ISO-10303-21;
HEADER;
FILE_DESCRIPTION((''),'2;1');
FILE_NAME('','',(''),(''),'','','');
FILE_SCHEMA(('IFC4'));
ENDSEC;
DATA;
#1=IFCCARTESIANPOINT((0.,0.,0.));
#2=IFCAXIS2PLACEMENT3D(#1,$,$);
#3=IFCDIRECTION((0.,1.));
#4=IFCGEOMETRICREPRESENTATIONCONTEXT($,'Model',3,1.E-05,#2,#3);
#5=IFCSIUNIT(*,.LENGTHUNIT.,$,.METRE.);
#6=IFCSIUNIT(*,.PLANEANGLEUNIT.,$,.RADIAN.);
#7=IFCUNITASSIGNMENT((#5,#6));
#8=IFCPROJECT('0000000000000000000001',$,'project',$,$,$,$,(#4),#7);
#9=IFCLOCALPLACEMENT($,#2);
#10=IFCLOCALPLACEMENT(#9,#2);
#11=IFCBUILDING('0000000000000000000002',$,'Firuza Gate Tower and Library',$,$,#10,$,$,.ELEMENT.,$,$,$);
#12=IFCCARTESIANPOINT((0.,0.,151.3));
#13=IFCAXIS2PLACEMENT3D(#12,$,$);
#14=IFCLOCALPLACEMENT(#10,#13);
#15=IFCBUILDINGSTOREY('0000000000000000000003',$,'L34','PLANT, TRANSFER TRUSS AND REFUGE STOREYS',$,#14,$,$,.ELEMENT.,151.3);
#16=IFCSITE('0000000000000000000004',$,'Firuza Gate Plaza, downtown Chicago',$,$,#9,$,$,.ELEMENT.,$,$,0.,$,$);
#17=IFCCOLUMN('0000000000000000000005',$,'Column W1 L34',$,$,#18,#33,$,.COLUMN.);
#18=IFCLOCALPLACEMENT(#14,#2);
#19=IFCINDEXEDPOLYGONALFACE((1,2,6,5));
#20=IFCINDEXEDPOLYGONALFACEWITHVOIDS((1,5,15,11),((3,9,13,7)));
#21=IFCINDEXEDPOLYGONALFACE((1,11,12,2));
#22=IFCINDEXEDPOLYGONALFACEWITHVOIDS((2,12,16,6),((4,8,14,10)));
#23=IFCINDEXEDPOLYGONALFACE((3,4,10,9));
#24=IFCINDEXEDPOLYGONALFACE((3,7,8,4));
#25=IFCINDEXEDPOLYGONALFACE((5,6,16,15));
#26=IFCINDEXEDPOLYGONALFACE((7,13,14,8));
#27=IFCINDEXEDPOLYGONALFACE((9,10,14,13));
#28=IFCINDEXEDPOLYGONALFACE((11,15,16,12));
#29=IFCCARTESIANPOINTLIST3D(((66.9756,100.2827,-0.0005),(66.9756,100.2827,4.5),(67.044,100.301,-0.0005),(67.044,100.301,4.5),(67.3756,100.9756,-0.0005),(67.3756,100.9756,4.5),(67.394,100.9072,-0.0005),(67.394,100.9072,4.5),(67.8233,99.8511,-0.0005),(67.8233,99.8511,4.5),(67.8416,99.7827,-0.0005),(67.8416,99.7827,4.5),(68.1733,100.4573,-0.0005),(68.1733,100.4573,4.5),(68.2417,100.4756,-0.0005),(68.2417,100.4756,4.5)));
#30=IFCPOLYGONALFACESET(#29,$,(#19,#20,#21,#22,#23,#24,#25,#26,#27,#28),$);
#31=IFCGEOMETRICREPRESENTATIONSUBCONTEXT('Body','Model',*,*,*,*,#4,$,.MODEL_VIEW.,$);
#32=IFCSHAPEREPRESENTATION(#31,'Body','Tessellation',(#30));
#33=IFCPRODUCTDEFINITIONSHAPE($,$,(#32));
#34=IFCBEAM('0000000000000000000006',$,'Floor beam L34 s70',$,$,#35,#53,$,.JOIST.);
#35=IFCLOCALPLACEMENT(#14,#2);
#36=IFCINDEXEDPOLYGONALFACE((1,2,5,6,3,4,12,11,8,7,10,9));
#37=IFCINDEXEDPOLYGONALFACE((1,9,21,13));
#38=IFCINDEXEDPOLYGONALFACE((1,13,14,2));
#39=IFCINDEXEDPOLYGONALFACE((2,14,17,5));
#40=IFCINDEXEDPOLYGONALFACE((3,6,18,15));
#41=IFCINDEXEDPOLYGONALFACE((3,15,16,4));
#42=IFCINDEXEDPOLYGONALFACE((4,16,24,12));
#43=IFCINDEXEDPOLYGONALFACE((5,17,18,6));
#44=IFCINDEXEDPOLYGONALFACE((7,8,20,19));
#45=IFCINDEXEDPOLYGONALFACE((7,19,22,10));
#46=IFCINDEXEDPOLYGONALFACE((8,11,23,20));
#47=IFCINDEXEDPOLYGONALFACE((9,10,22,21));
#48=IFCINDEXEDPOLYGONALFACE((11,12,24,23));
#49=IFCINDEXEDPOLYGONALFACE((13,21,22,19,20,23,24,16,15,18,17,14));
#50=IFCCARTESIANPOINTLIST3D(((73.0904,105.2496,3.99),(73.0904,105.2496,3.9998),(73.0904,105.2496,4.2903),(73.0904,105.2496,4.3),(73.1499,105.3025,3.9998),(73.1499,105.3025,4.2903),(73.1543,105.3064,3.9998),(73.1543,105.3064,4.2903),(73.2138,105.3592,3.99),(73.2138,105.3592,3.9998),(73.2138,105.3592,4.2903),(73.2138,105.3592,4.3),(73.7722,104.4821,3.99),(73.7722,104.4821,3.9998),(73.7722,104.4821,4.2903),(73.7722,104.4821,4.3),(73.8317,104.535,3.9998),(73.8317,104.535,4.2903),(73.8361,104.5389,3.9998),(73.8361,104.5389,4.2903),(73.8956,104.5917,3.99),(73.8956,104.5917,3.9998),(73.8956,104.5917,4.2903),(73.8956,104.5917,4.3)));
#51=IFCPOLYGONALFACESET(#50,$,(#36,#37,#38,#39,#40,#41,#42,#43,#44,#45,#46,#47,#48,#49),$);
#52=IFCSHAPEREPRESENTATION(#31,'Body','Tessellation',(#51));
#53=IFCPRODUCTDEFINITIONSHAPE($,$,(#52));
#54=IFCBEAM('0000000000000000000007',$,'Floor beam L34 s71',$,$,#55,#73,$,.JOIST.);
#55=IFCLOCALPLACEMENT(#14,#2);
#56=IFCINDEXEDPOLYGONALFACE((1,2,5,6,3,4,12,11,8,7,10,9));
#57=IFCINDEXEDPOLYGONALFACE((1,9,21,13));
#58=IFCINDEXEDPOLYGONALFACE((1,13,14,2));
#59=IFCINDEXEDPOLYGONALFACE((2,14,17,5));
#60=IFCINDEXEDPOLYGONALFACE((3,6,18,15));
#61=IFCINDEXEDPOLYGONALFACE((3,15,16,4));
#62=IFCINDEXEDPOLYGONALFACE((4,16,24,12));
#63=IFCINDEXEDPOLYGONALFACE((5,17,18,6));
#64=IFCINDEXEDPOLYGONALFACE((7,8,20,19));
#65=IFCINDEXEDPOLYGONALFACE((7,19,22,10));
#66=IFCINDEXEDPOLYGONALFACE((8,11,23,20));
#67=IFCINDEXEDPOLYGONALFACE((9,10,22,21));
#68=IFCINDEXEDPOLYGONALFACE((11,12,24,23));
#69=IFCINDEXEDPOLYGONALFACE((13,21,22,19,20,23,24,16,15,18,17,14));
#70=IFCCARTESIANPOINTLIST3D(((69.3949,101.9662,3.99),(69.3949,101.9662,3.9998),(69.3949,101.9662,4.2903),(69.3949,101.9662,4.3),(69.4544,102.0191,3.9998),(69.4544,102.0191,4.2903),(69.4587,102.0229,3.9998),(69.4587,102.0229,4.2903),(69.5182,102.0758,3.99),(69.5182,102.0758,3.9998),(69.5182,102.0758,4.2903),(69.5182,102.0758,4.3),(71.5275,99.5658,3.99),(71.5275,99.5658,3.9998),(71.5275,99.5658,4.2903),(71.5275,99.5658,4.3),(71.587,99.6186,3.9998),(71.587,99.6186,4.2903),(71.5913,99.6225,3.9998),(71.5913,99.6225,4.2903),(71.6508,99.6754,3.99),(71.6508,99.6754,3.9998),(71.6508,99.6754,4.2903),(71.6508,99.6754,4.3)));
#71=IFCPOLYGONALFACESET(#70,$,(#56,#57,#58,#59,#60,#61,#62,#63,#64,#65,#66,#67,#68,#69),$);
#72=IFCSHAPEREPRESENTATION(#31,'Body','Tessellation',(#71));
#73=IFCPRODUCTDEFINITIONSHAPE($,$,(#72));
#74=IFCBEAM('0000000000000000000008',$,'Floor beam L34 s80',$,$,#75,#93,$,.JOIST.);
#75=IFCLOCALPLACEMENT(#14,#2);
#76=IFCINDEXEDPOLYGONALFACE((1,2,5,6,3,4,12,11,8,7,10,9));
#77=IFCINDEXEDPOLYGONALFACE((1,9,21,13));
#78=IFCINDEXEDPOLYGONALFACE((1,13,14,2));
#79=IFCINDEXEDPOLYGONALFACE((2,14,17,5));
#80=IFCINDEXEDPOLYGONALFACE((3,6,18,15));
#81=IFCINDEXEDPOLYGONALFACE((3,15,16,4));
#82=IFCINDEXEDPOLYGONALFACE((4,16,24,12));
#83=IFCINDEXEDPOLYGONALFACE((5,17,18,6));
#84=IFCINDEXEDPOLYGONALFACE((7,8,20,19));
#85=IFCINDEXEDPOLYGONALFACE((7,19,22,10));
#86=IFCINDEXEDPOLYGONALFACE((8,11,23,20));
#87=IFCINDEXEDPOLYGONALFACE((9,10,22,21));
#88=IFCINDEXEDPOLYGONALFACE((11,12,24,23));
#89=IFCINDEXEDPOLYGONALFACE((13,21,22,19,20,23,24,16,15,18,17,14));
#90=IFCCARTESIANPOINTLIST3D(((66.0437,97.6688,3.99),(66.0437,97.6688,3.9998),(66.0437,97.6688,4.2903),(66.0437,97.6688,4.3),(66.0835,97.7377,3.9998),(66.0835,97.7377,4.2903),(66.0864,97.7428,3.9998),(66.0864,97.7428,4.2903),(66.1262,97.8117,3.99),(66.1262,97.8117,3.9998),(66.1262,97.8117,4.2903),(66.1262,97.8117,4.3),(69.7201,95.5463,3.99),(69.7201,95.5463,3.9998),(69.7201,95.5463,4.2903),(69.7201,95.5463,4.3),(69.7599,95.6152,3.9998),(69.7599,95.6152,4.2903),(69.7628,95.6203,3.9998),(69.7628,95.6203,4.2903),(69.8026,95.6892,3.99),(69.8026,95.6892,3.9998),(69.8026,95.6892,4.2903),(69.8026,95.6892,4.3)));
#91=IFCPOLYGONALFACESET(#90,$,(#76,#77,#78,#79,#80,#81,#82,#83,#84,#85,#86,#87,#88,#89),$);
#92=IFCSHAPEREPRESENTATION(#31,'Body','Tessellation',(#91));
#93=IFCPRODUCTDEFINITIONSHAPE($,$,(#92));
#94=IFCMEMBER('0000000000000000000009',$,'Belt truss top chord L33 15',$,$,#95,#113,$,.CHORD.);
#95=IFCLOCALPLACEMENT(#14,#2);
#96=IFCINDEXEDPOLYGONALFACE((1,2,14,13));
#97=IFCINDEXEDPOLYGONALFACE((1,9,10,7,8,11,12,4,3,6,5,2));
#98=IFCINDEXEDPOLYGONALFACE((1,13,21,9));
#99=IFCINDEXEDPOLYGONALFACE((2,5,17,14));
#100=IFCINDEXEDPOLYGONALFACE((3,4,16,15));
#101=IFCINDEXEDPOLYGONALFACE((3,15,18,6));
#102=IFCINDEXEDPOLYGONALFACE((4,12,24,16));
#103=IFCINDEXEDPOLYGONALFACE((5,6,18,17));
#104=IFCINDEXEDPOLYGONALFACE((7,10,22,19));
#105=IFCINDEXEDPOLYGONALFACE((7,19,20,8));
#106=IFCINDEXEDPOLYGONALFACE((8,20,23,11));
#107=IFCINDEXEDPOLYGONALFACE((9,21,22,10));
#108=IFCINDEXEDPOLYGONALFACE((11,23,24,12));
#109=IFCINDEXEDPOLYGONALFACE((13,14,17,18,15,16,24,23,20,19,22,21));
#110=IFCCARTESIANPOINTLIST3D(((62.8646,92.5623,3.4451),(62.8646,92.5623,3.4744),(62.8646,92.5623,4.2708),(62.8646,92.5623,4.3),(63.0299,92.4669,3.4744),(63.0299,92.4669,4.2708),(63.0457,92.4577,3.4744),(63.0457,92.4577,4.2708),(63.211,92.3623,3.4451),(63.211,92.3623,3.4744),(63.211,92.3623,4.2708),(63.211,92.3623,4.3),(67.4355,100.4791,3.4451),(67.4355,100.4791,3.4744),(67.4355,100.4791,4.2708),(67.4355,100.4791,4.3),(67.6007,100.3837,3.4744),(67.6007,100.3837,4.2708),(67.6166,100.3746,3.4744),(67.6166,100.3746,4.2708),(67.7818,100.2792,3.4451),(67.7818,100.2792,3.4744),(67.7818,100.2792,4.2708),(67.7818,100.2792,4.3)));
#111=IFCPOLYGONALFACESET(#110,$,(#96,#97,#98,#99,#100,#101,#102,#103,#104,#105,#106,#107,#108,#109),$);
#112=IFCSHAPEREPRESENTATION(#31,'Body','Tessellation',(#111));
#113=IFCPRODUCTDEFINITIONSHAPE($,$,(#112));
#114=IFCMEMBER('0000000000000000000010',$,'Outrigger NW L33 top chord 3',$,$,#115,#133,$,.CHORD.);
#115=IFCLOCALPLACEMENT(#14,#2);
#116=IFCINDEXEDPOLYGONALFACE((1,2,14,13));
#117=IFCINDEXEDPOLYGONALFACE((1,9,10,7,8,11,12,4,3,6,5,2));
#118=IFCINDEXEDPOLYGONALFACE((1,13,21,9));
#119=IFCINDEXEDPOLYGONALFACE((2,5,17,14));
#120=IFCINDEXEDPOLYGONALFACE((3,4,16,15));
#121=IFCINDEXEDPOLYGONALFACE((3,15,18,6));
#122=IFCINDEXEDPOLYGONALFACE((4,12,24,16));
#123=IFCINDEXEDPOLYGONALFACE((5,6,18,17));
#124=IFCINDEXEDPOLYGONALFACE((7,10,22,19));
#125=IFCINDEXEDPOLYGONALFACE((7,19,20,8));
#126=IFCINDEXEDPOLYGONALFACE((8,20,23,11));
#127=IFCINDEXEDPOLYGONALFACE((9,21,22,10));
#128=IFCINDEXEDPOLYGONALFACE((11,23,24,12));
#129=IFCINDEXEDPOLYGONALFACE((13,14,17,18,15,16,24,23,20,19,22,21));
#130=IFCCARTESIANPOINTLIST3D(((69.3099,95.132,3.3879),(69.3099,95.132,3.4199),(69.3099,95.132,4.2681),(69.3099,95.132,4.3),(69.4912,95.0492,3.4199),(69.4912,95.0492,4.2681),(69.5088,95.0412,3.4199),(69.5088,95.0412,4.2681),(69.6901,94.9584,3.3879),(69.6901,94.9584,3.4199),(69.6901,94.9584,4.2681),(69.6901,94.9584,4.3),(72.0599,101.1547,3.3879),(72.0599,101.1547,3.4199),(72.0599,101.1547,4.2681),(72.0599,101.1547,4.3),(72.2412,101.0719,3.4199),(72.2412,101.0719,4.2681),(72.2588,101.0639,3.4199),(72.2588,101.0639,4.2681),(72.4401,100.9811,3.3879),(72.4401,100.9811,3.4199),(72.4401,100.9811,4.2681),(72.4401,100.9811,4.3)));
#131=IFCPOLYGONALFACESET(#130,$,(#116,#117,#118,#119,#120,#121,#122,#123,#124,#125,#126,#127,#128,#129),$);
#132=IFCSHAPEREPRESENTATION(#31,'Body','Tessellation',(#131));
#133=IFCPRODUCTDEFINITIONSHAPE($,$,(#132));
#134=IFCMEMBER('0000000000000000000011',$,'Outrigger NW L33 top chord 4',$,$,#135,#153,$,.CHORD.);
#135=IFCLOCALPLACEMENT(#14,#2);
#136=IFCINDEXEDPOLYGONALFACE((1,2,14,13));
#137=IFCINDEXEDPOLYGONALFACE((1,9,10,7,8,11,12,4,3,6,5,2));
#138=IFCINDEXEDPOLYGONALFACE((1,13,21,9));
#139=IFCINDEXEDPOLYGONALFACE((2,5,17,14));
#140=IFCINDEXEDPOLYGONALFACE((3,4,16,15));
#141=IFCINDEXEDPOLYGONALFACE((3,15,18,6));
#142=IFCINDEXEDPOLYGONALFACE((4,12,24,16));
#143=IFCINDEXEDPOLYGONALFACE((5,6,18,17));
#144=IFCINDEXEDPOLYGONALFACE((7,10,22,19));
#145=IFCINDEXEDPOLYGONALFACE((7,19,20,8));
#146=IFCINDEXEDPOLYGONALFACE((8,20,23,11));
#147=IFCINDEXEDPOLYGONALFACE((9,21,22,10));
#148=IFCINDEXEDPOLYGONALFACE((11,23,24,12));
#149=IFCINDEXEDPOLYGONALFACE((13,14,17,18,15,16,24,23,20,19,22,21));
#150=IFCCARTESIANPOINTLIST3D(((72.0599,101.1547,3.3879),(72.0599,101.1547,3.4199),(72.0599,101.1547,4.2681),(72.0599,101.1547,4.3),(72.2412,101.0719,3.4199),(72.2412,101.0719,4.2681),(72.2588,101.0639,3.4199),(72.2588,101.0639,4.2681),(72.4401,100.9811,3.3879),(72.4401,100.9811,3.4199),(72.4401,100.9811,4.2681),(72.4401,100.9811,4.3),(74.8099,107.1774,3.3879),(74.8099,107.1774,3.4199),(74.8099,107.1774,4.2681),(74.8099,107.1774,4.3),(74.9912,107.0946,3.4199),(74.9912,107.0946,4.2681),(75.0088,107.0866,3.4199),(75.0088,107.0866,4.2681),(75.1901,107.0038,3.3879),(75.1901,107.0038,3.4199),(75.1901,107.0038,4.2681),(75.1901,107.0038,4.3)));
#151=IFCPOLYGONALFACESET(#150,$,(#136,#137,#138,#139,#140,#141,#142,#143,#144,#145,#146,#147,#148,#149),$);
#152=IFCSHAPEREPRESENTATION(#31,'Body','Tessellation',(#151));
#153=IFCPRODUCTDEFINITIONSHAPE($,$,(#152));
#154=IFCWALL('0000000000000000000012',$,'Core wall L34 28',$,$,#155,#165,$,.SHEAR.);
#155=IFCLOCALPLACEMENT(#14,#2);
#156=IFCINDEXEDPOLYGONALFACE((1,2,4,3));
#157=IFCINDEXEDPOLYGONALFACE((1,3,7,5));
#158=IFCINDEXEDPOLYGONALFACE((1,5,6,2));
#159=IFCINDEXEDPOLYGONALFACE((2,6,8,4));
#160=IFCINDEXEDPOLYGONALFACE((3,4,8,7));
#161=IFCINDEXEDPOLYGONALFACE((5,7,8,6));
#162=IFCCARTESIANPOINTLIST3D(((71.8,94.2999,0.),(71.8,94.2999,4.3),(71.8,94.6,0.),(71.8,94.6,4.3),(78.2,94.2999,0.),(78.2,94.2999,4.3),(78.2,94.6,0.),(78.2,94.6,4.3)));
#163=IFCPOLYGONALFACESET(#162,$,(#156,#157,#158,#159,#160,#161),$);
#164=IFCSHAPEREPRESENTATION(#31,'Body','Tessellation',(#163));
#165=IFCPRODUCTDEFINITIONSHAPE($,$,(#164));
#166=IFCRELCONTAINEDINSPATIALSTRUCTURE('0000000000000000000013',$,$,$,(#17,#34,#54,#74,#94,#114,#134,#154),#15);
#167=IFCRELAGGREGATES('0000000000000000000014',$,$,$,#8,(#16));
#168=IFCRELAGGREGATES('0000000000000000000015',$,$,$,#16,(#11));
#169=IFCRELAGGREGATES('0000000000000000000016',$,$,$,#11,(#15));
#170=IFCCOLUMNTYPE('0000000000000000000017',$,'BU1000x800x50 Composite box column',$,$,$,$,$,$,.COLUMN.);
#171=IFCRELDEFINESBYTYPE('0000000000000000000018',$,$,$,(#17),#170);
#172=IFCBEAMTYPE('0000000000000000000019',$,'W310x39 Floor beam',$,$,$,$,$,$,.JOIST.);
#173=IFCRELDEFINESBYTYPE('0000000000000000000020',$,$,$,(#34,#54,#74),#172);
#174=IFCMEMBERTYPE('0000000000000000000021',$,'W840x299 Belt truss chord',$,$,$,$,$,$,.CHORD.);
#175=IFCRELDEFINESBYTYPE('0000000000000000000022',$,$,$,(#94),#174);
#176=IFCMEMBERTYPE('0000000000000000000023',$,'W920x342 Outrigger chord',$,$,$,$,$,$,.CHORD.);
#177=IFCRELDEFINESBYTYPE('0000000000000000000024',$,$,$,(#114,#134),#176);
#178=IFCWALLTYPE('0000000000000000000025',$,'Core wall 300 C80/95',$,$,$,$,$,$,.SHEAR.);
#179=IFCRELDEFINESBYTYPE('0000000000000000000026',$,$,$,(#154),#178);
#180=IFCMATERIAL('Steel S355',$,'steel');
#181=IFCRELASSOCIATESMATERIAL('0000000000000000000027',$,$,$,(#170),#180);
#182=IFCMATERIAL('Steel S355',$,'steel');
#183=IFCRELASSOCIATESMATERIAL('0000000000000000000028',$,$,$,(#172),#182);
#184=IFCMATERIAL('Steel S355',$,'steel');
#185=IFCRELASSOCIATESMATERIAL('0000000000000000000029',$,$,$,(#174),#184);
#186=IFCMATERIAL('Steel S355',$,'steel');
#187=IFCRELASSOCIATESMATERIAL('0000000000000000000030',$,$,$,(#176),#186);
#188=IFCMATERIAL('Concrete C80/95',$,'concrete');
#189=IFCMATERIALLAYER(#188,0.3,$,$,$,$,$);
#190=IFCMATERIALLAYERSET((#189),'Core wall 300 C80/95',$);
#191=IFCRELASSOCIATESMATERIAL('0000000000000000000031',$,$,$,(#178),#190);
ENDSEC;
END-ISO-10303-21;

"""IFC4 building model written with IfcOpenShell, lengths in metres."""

from ifc_helpers import new_model, si_unit, direction, frame, frame_2d, origin, origin_2d, place, context, subcontext, project, spatial, rectangle, hollow_rectangle, i_section, extrude, material, layer, layer_set, material_profile, profile_set, type_object, element, save


model = new_model("IFC4")

# Units and contexts
model_context = context("Model", 3, precision=1e-05, world=origin(), true_north=direction((0.0, 1.0)))
body_context = subcontext(model_context, "Body", "Model", "MODEL_VIEW")
ifc_project = project(units=[si_unit("LENGTHUNIT", "METRE"), si_unit("PLANEANGLEUNIT", "RADIAN")], contexts=[model_context])

# Site, building, storey
site_placement = place(None, origin())
site = spatial("IfcSite", under=ifc_project, at=site_placement, Name="Firuza Gate Plaza, downtown Chicago", CompositionType="ELEMENT", RefElevation=0.0)
building_placement = place(site_placement, origin())
building = spatial("IfcBuilding", under=site, at=building_placement, Name="Firuza Gate Tower and Library", CompositionType="ELEMENT")
storey_placement = place(building_placement, frame((0.0, 0.0, 151.3)))
storey = spatial("IfcBuildingStorey", under=building, at=storey_placement, Name="L34", Description="PLANT, TRANSFER TRUSS AND REFUGE STOREYS", CompositionType="ELEMENT", Elevation=151.3)

# Column
ifc_material_1 = material(Name="Steel S355", Category="steel")
ifc_material_profile_1 = material_profile(ifc_material_1, hollow_rectangle(XDim=0.8, YDim=1.0, WallThickness=0.05, at=origin_2d()))
ifc_profile_set_1 = profile_set([ifc_material_profile_1], Name="Steel S355")
column_type = type_object("IfcColumnType", Name="BU1000x800x50 Composite box column", PredefinedType="COLUMN", material=ifc_profile_set_1)
column_placement = place(storey_placement, frame((67.6086, 100.3792, -0.0005), z_axis=(0.0, 0.0, 1.0), x_axis=(-0.5, -0.866025, 0.0)))
element("IfcColumn", 1, at=column_placement, inside=storey, type_object=column_type, Name="Column W1 L34", PredefinedType="COLUMN", context=body_context, shape_type="SweptSolid", body=[
    extrude(hollow_rectangle(XDim=0.8, YDim=1.0, WallThickness=0.05, at=origin_2d()), origin(), (0.0, 0.0, 1.0), 4.5005),
])

# Beams
ifc_material_2 = material(Name="Steel S355", Category="steel")
ifc_material_profile_2 = material_profile(ifc_material_2, i_section(OverallWidth=0.165, OverallDepth=0.3101, WebThickness=0.0059, FlangeThickness=0.0098, at=origin_2d()))
ifc_profile_set_2 = profile_set([ifc_material_profile_2], Name="Steel S355")
beam_type = type_object("IfcBeamType", Name="W310x39 Floor beam", PredefinedType="JOIST", material=ifc_profile_set_2)
beam_1_placement = place(storey_placement, frame((73.1521, 105.3044, 4.145), z_axis=(0.664142, -0.747606, 0.0), x_axis=(0.747606, 0.664142, 0.0)))
element("IfcBeam", 2, at=beam_1_placement, inside=storey, type_object=beam_type, Name="Floor beam L34 s70", PredefinedType="JOIST", context=body_context, shape_type="SweptSolid", body=[
    extrude(i_section(OverallWidth=0.165, OverallDepth=0.3101, WebThickness=0.0059, FlangeThickness=0.0098, at=origin_2d()), origin(), (0.0, 0.0, 1.0), 1.0266),
])
beam_2_placement = place(storey_placement, frame((69.4565, 102.021, 4.145), z_axis=(0.66417, -0.747581, 0.0), x_axis=(0.747581, 0.66417, 0.0)))
element("IfcBeam", 3, at=beam_2_placement, inside=storey, type_object=beam_type, Name="Floor beam L34 s71", PredefinedType="JOIST", context=body_context, shape_type="SweptSolid", body=[
    extrude(i_section(OverallWidth=0.165, OverallDepth=0.3101, WebThickness=0.0059, FlangeThickness=0.0098, at=origin_2d()), origin(), (0.0, 0.0, 1.0), 3.2109),
])
beam_3_placement = place(storey_placement, frame((66.085, 97.7402, 4.145), z_axis=(0.866033, -0.499986, 0.0), x_axis=(0.499986, 0.866033, 0.0)))
element("IfcBeam", 4, at=beam_3_placement, inside=storey, type_object=beam_type, Name="Floor beam L34 s80", PredefinedType="JOIST", context=body_context, shape_type="SweptSolid", body=[
    extrude(i_section(OverallWidth=0.165, OverallDepth=0.3101, WebThickness=0.0059, FlangeThickness=0.0098, at=origin_2d()), origin(), (0.0, 0.0, 1.0), 4.2451),
])

# Members
ifc_material_3 = material(Name="Steel S355", Category="steel")
ifc_material_profile_3 = material_profile(ifc_material_3, i_section(OverallWidth=0.3999, OverallDepth=0.855, WebThickness=0.0183, FlangeThickness=0.0293, at=origin_2d()))
ifc_profile_set_3 = profile_set([ifc_material_profile_3], Name="Steel S355")
member_type_1 = type_object("IfcMemberType", Name="W840x299 Belt truss chord", PredefinedType="CHORD", material=ifc_profile_set_3)
member_placement = place(storey_placement, frame((67.6086, 100.3792, 3.8726), z_axis=(-0.500005, -0.866022, 0.0), x_axis=(0.866022, -0.500005, 0.0)))
element("IfcMember", 5, at=member_placement, inside=storey, type_object=member_type_1, Name="Belt truss top chord L33 15", PredefinedType="CHORD", context=body_context, shape_type="SweptSolid", body=[
    extrude(i_section(OverallWidth=0.3999, OverallDepth=0.855, WebThickness=0.0183, FlangeThickness=0.0293, at=origin_2d()), origin(), (0.0, 0.0, 1.0), 9.1416),
])
ifc_material_4 = material(Name="Steel S355", Category="steel")
ifc_material_profile_4 = material_profile(ifc_material_4, i_section(OverallWidth=0.418, OverallDepth=0.9121, WebThickness=0.0193, FlangeThickness=0.032, at=origin_2d()))
ifc_profile_set_4 = profile_set([ifc_material_profile_4], Name="Steel S355")
member_type_2 = type_object("IfcMemberType", Name="W920x342 Outrigger chord", PredefinedType="CHORD", material=ifc_profile_set_4)
for number, where, z_axis, x_axis, name in (
    (6, (69.5, 95.0452, 3.844), (0.415355, 0.909659, 0.0), (-0.909659, 0.415355, 0.0), "Outrigger NW L33 top chord 3"),
    (7, (72.25, 101.0679, 3.844), (0.415355, 0.909659, 0.0), (-0.909659, 0.415355, 0.0), "Outrigger NW L33 top chord 4"),
):
    element("IfcMember", number, at=place(storey_placement, frame(where, z_axis=z_axis, x_axis=x_axis)), inside=storey, type_object=member_type_2, Name=name, PredefinedType="CHORD", context=body_context, shape_type="SweptSolid", body=[
        extrude(i_section(OverallWidth=0.418, OverallDepth=0.9121, WebThickness=0.0193, FlangeThickness=0.032, at=origin_2d()), origin(), (0.0, 0.0, 1.0), 6.6208),
    ])

# Wall
ifc_material_5 = material(Name="Concrete C80/95", Category="concrete")
ifc_layer_1 = layer(ifc_material_5, 0.3)
ifc_layer_set_1 = layer_set([ifc_layer_1], Name="Core wall 300 C80/95")
wall_type_1 = type_object("IfcWallType", Name="Core wall 300 C80/95", PredefinedType="SHEAR", material=ifc_layer_set_1)
wall_1_placement = place(storey_placement, frame((71.8, 94.45, 0.0), z_axis=(0.0, 0.0, 1.0), x_axis=(1.0, 0.0, 0.0)))
element("IfcWall", 8, at=wall_1_placement, inside=storey, type_object=wall_type_1, Name="Core wall L34 28", PredefinedType="SHEAR", context=body_context, shape_type="SweptSolid", body=[
    extrude(rectangle(XDim=6.3999, YDim=0.3, at=frame_2d((3.2, 0.0))), origin(), (0.0, 0.0, 1.0), 4.3),
])

save(model, "model.ifc")
